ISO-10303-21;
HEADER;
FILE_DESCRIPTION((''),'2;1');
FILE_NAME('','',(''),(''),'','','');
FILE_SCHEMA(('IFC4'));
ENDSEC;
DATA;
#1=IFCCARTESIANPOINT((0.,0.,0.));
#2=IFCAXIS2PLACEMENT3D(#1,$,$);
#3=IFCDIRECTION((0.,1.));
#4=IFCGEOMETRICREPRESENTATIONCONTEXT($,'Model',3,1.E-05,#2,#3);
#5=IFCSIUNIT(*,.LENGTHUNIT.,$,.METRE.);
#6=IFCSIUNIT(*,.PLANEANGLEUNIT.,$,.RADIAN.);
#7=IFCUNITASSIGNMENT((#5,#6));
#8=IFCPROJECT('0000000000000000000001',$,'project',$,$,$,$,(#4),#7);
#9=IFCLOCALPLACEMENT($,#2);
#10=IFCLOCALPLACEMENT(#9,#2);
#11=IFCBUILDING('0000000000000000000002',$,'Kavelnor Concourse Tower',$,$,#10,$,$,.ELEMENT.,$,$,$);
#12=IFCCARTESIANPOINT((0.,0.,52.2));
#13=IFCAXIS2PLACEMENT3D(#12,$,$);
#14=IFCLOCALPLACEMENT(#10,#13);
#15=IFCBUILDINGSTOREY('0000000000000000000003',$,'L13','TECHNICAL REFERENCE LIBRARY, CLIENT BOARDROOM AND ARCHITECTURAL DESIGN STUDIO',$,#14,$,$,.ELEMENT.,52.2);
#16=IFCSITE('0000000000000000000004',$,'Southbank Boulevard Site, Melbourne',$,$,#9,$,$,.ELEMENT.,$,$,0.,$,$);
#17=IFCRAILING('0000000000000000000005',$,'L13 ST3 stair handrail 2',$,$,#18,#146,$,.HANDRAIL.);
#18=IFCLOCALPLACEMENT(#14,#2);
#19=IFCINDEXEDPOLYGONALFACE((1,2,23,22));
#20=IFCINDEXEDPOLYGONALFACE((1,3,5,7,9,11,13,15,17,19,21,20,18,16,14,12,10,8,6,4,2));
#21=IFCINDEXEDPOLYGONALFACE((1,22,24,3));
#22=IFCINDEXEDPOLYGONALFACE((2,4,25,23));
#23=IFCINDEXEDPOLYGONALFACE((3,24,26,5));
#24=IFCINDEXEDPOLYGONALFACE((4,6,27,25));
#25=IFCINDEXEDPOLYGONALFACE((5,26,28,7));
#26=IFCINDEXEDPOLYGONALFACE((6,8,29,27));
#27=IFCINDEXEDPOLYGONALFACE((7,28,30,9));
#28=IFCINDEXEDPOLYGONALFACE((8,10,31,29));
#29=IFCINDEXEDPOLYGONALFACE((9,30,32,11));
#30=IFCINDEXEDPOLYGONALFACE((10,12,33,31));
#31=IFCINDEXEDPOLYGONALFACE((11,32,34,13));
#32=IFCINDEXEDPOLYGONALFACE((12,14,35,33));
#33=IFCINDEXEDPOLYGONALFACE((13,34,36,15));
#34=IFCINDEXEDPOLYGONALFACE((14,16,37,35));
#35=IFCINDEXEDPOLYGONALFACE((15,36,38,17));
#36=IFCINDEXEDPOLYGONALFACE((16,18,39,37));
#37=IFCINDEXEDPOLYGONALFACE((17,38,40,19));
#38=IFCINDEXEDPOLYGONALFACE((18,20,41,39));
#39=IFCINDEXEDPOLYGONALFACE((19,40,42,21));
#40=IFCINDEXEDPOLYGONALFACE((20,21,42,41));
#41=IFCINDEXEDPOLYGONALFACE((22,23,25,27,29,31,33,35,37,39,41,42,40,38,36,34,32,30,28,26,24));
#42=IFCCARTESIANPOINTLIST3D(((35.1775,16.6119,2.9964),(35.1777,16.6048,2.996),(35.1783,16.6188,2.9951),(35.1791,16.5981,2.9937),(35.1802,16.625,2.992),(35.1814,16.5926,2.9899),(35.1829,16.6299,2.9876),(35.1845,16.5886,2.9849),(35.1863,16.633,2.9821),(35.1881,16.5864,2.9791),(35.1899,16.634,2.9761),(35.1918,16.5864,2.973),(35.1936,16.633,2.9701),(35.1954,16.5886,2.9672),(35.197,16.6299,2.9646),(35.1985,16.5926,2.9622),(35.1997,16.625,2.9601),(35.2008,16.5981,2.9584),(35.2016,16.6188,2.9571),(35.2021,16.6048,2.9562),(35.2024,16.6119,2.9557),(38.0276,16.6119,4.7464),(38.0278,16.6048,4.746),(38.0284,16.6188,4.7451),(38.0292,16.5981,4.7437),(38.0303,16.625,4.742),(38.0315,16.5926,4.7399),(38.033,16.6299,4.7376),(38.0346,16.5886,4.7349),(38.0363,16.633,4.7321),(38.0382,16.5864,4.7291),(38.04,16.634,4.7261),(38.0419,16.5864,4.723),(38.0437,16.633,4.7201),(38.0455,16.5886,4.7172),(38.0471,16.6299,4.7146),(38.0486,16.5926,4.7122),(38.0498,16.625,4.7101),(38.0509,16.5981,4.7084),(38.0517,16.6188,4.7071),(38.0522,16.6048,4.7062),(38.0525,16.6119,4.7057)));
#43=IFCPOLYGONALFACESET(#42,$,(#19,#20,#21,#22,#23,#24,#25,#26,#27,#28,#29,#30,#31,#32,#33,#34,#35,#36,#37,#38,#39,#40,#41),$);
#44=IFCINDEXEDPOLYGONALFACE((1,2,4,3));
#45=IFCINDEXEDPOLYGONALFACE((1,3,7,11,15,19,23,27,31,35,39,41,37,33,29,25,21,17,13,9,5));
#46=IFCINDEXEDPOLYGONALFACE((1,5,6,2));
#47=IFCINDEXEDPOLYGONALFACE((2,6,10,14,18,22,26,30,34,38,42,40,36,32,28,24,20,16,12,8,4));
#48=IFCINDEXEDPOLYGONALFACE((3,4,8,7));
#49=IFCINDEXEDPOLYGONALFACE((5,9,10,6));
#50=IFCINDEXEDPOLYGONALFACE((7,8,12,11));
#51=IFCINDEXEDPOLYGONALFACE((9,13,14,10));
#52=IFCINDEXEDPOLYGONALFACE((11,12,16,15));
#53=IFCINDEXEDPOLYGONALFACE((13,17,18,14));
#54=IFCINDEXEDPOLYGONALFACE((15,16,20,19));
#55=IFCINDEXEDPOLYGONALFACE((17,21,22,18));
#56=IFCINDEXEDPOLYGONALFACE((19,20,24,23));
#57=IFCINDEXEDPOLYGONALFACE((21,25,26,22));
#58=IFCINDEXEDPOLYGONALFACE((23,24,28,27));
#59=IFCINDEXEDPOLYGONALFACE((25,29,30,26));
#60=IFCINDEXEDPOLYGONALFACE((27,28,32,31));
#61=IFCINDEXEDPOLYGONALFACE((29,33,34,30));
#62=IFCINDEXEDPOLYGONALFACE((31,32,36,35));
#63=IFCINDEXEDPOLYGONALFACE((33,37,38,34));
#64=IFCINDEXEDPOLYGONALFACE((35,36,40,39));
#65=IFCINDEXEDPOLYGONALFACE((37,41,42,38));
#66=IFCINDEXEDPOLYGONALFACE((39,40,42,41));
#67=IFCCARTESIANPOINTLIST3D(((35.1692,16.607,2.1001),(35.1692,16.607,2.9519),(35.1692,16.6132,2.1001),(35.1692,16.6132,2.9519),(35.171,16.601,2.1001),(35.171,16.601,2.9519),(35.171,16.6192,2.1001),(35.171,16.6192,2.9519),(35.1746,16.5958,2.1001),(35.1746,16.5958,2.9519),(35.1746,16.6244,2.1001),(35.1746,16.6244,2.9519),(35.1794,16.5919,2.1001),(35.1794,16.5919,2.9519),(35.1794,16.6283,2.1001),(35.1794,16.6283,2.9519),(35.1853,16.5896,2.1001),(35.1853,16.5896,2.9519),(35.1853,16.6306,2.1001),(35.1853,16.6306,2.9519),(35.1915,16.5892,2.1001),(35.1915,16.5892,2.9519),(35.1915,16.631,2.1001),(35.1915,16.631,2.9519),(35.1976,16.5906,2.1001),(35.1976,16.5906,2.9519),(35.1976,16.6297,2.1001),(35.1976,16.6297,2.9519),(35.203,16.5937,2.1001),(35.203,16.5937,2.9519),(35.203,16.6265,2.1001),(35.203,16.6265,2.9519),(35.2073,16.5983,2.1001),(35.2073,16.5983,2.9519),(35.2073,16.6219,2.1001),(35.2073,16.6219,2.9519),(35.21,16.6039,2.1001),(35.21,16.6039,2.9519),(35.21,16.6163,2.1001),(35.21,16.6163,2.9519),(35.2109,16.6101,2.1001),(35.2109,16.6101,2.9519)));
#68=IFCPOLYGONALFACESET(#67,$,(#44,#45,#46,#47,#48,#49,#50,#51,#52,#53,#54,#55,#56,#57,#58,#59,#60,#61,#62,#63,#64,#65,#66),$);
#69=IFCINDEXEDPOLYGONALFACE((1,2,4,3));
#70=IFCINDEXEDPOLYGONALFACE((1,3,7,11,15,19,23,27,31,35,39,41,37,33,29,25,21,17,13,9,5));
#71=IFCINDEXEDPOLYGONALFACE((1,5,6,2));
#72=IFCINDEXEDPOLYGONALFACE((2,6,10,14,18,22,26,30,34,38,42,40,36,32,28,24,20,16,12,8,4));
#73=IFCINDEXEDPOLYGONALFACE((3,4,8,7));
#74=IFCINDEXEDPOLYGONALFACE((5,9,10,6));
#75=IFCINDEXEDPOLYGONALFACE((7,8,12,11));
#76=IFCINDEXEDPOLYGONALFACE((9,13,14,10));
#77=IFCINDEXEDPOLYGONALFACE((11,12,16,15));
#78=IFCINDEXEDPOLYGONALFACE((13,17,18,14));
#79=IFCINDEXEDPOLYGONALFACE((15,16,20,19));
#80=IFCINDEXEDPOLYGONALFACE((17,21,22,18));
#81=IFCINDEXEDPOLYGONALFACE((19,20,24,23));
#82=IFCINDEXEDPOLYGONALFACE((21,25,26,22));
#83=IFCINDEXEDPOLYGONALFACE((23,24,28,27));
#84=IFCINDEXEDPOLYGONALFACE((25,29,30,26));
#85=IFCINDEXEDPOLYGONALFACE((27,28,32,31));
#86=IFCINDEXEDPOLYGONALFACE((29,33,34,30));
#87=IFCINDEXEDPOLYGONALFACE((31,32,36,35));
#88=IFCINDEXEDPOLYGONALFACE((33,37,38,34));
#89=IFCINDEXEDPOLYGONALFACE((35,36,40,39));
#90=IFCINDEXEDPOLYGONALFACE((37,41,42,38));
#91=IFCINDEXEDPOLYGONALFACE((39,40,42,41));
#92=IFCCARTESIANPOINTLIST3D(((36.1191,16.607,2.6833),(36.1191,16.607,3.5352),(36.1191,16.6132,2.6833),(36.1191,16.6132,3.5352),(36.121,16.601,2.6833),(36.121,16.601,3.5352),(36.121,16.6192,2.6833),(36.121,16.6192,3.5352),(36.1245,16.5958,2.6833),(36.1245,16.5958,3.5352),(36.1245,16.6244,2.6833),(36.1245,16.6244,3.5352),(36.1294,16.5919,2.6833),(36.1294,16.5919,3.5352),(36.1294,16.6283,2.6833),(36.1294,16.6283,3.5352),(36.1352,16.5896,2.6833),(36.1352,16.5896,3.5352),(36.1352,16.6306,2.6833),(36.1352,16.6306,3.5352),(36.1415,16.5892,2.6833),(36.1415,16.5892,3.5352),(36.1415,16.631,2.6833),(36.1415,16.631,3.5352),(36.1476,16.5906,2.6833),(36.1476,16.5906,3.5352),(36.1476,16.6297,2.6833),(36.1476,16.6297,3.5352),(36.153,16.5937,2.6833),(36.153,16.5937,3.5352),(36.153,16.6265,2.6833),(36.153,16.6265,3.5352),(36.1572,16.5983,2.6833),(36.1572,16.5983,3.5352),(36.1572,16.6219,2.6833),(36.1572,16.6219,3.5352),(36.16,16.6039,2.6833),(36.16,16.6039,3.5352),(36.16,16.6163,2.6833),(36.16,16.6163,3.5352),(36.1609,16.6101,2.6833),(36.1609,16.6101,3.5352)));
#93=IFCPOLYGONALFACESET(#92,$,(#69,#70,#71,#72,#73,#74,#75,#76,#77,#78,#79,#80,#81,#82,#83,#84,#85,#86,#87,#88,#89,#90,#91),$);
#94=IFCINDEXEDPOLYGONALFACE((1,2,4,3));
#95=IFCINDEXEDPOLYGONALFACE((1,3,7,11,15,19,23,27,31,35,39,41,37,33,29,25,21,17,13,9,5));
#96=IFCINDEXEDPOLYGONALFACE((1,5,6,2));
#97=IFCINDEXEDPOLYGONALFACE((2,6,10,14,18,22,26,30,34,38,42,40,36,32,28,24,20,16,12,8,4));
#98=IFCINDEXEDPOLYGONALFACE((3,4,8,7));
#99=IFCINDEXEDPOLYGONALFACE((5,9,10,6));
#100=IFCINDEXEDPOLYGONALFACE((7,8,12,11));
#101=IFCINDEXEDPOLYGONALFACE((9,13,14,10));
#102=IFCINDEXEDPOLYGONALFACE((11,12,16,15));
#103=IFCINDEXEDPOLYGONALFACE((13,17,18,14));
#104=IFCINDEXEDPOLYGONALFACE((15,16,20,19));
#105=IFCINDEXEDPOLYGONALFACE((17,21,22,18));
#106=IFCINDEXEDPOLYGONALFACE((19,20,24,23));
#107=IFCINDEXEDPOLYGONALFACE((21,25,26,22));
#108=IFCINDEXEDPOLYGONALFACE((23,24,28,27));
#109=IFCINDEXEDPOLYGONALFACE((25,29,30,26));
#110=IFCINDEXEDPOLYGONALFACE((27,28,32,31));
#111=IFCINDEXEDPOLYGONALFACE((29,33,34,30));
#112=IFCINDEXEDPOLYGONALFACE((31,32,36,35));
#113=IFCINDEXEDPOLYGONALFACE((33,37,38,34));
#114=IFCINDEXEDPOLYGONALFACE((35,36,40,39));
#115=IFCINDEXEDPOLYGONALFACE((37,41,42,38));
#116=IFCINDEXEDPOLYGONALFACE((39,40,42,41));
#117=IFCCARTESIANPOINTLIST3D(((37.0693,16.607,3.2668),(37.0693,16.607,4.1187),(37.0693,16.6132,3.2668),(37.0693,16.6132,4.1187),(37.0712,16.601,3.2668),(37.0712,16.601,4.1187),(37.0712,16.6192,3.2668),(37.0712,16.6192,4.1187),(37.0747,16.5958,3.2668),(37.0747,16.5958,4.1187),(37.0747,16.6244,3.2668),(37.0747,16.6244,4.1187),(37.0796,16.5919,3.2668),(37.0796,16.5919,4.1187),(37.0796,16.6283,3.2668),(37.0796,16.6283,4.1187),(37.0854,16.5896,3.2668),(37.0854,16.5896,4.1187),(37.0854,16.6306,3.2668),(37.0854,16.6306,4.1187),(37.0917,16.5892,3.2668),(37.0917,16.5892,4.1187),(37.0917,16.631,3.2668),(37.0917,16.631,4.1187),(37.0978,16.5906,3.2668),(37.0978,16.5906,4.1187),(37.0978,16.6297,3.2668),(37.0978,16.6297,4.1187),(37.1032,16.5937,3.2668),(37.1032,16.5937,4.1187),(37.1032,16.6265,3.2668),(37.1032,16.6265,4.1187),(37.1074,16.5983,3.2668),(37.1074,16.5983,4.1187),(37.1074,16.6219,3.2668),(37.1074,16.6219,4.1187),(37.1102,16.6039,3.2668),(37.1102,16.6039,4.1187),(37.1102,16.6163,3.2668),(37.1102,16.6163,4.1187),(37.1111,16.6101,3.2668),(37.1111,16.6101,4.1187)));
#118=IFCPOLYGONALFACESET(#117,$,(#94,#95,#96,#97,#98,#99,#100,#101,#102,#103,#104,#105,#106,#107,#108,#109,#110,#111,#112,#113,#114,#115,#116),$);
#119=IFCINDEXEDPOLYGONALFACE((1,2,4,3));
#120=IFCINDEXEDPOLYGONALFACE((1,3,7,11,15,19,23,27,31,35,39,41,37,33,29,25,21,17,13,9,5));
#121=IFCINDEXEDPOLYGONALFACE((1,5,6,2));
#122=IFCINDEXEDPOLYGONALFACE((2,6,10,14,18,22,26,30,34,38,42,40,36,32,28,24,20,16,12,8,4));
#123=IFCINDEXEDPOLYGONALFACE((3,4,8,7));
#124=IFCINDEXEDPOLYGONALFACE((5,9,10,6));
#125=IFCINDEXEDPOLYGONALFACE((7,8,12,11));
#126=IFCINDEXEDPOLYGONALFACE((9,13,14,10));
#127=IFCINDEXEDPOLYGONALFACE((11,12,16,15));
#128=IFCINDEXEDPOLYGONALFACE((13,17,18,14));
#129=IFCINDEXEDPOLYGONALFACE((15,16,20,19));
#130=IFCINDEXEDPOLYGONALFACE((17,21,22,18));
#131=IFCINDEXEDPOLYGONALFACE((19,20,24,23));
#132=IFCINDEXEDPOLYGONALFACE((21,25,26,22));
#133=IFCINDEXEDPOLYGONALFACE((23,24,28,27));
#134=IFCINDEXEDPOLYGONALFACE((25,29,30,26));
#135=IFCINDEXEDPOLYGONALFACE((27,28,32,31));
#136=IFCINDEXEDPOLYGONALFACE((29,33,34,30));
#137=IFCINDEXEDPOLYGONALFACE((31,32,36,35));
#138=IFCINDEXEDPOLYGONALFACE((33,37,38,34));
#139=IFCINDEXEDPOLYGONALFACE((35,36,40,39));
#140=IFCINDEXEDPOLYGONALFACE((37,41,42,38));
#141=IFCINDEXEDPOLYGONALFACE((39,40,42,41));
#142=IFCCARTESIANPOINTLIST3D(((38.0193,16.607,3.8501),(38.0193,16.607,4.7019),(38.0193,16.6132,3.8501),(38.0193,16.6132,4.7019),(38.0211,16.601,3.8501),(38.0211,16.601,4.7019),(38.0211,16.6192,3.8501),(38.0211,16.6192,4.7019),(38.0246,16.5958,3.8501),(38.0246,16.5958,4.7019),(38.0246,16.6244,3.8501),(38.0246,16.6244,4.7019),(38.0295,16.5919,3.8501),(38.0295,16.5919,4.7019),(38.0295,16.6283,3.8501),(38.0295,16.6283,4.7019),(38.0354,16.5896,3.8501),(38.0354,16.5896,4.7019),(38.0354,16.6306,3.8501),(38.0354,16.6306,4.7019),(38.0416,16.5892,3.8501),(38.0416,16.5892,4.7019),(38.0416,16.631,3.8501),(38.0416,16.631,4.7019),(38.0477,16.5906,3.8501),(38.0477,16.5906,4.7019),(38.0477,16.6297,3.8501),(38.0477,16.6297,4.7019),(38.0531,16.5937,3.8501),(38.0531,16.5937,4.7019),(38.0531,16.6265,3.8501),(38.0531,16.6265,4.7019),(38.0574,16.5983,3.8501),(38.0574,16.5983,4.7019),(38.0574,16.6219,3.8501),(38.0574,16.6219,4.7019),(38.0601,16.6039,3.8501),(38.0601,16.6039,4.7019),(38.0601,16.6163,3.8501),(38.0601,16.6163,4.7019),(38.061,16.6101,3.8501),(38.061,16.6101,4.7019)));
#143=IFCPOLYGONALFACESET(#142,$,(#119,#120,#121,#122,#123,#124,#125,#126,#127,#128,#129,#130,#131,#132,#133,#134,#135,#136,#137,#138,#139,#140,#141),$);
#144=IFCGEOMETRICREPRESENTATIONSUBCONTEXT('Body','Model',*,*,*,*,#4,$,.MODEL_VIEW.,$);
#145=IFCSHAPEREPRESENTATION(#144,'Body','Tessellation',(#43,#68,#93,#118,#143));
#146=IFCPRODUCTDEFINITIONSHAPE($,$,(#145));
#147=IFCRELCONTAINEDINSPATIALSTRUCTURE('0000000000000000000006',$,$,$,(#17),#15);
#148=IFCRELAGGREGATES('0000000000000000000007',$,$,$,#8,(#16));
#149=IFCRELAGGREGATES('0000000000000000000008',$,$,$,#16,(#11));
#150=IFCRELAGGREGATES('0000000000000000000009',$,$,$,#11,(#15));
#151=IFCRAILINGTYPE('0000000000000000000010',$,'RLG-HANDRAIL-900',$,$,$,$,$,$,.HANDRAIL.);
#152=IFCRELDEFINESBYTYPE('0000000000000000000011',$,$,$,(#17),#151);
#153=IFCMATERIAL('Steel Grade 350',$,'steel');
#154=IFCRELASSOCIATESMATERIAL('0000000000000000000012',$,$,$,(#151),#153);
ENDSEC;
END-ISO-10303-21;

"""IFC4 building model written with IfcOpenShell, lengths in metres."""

from ifc_helpers import new_model, si_unit, direction, frame, origin, origin_2d, place, context, subcontext, project, spatial, circle, extrude, material, type_object, element, save


model = new_model("IFC4")

# Units and contexts
model_context = context("Model", 3, precision=1e-05, world=origin(), true_north=direction((0.0, 1.0)))
body_context = subcontext(model_context, "Body", "Model", "MODEL_VIEW")
ifc_project = project(units=[si_unit("LENGTHUNIT", "METRE"), si_unit("PLANEANGLEUNIT", "RADIAN")], contexts=[model_context])

# Site, building, storey
site_placement = place(None, origin())
site = spatial("IfcSite", under=ifc_project, at=site_placement, Name="Southbank Boulevard Site, Melbourne", CompositionType="ELEMENT", RefElevation=0.0)
building_placement = place(site_placement, origin())
building = spatial("IfcBuilding", under=site, at=building_placement, Name="Kavelnor Concourse Tower", CompositionType="ELEMENT")
storey_placement = place(building_placement, frame((0.0, 0.0, 52.2)))
storey = spatial("IfcBuildingStorey", under=building, at=storey_placement, Name="L13", Description="TECHNICAL REFERENCE LIBRARY, CLIENT BOARDROOM AND ARCHITECTURAL DESIGN STUDIO", CompositionType="ELEMENT", Elevation=52.2)

# Shared definitions
ifc_material_1 = material(Name="Steel Grade 350", Category="steel")

# Railing
railing_type_1 = type_object("IfcRailingType", Name="RLG-HANDRAIL-900", PredefinedType="HANDRAIL", material=ifc_material_1)
railing_1_placement = place(storey_placement, frame((35.1899, 16.6101, 2.1001)))
element("IfcRailing", 1, at=railing_1_placement, inside=storey, type_object=railing_type_1, Name="L13 ST3 stair handrail 2", PredefinedType="HANDRAIL", context=body_context, shape_type="SweptSolid", body=[
    extrude(circle(Radius=0.0239, at=origin_2d()), frame((0.0, 0.0, 0.876), z_axis=(0.852179, 0.0, 0.52325), x_axis=(0.0, 1.0, 0.0)), (0.0, 0.0, 1.0), 3.3445),
    extrude(circle(Radius=0.021, at=origin_2d()), origin(), (0.0, 0.0, 1.0), 0.8518),
    extrude(circle(Radius=0.021, at=origin_2d()), frame((0.95, 0.0, 0.5833)), (0.0, 0.0, 1.0), 0.8518),
    extrude(circle(Radius=0.021, at=origin_2d()), frame((1.9001, 0.0, 1.1667)), (0.0, 0.0, 1.0), 0.8518),
    extrude(circle(Radius=0.021, at=origin_2d()), frame((2.8501, 0.0, 1.75)), (0.0, 0.0, 1.0), 0.8518),
])

save(model, "model.ifc")
